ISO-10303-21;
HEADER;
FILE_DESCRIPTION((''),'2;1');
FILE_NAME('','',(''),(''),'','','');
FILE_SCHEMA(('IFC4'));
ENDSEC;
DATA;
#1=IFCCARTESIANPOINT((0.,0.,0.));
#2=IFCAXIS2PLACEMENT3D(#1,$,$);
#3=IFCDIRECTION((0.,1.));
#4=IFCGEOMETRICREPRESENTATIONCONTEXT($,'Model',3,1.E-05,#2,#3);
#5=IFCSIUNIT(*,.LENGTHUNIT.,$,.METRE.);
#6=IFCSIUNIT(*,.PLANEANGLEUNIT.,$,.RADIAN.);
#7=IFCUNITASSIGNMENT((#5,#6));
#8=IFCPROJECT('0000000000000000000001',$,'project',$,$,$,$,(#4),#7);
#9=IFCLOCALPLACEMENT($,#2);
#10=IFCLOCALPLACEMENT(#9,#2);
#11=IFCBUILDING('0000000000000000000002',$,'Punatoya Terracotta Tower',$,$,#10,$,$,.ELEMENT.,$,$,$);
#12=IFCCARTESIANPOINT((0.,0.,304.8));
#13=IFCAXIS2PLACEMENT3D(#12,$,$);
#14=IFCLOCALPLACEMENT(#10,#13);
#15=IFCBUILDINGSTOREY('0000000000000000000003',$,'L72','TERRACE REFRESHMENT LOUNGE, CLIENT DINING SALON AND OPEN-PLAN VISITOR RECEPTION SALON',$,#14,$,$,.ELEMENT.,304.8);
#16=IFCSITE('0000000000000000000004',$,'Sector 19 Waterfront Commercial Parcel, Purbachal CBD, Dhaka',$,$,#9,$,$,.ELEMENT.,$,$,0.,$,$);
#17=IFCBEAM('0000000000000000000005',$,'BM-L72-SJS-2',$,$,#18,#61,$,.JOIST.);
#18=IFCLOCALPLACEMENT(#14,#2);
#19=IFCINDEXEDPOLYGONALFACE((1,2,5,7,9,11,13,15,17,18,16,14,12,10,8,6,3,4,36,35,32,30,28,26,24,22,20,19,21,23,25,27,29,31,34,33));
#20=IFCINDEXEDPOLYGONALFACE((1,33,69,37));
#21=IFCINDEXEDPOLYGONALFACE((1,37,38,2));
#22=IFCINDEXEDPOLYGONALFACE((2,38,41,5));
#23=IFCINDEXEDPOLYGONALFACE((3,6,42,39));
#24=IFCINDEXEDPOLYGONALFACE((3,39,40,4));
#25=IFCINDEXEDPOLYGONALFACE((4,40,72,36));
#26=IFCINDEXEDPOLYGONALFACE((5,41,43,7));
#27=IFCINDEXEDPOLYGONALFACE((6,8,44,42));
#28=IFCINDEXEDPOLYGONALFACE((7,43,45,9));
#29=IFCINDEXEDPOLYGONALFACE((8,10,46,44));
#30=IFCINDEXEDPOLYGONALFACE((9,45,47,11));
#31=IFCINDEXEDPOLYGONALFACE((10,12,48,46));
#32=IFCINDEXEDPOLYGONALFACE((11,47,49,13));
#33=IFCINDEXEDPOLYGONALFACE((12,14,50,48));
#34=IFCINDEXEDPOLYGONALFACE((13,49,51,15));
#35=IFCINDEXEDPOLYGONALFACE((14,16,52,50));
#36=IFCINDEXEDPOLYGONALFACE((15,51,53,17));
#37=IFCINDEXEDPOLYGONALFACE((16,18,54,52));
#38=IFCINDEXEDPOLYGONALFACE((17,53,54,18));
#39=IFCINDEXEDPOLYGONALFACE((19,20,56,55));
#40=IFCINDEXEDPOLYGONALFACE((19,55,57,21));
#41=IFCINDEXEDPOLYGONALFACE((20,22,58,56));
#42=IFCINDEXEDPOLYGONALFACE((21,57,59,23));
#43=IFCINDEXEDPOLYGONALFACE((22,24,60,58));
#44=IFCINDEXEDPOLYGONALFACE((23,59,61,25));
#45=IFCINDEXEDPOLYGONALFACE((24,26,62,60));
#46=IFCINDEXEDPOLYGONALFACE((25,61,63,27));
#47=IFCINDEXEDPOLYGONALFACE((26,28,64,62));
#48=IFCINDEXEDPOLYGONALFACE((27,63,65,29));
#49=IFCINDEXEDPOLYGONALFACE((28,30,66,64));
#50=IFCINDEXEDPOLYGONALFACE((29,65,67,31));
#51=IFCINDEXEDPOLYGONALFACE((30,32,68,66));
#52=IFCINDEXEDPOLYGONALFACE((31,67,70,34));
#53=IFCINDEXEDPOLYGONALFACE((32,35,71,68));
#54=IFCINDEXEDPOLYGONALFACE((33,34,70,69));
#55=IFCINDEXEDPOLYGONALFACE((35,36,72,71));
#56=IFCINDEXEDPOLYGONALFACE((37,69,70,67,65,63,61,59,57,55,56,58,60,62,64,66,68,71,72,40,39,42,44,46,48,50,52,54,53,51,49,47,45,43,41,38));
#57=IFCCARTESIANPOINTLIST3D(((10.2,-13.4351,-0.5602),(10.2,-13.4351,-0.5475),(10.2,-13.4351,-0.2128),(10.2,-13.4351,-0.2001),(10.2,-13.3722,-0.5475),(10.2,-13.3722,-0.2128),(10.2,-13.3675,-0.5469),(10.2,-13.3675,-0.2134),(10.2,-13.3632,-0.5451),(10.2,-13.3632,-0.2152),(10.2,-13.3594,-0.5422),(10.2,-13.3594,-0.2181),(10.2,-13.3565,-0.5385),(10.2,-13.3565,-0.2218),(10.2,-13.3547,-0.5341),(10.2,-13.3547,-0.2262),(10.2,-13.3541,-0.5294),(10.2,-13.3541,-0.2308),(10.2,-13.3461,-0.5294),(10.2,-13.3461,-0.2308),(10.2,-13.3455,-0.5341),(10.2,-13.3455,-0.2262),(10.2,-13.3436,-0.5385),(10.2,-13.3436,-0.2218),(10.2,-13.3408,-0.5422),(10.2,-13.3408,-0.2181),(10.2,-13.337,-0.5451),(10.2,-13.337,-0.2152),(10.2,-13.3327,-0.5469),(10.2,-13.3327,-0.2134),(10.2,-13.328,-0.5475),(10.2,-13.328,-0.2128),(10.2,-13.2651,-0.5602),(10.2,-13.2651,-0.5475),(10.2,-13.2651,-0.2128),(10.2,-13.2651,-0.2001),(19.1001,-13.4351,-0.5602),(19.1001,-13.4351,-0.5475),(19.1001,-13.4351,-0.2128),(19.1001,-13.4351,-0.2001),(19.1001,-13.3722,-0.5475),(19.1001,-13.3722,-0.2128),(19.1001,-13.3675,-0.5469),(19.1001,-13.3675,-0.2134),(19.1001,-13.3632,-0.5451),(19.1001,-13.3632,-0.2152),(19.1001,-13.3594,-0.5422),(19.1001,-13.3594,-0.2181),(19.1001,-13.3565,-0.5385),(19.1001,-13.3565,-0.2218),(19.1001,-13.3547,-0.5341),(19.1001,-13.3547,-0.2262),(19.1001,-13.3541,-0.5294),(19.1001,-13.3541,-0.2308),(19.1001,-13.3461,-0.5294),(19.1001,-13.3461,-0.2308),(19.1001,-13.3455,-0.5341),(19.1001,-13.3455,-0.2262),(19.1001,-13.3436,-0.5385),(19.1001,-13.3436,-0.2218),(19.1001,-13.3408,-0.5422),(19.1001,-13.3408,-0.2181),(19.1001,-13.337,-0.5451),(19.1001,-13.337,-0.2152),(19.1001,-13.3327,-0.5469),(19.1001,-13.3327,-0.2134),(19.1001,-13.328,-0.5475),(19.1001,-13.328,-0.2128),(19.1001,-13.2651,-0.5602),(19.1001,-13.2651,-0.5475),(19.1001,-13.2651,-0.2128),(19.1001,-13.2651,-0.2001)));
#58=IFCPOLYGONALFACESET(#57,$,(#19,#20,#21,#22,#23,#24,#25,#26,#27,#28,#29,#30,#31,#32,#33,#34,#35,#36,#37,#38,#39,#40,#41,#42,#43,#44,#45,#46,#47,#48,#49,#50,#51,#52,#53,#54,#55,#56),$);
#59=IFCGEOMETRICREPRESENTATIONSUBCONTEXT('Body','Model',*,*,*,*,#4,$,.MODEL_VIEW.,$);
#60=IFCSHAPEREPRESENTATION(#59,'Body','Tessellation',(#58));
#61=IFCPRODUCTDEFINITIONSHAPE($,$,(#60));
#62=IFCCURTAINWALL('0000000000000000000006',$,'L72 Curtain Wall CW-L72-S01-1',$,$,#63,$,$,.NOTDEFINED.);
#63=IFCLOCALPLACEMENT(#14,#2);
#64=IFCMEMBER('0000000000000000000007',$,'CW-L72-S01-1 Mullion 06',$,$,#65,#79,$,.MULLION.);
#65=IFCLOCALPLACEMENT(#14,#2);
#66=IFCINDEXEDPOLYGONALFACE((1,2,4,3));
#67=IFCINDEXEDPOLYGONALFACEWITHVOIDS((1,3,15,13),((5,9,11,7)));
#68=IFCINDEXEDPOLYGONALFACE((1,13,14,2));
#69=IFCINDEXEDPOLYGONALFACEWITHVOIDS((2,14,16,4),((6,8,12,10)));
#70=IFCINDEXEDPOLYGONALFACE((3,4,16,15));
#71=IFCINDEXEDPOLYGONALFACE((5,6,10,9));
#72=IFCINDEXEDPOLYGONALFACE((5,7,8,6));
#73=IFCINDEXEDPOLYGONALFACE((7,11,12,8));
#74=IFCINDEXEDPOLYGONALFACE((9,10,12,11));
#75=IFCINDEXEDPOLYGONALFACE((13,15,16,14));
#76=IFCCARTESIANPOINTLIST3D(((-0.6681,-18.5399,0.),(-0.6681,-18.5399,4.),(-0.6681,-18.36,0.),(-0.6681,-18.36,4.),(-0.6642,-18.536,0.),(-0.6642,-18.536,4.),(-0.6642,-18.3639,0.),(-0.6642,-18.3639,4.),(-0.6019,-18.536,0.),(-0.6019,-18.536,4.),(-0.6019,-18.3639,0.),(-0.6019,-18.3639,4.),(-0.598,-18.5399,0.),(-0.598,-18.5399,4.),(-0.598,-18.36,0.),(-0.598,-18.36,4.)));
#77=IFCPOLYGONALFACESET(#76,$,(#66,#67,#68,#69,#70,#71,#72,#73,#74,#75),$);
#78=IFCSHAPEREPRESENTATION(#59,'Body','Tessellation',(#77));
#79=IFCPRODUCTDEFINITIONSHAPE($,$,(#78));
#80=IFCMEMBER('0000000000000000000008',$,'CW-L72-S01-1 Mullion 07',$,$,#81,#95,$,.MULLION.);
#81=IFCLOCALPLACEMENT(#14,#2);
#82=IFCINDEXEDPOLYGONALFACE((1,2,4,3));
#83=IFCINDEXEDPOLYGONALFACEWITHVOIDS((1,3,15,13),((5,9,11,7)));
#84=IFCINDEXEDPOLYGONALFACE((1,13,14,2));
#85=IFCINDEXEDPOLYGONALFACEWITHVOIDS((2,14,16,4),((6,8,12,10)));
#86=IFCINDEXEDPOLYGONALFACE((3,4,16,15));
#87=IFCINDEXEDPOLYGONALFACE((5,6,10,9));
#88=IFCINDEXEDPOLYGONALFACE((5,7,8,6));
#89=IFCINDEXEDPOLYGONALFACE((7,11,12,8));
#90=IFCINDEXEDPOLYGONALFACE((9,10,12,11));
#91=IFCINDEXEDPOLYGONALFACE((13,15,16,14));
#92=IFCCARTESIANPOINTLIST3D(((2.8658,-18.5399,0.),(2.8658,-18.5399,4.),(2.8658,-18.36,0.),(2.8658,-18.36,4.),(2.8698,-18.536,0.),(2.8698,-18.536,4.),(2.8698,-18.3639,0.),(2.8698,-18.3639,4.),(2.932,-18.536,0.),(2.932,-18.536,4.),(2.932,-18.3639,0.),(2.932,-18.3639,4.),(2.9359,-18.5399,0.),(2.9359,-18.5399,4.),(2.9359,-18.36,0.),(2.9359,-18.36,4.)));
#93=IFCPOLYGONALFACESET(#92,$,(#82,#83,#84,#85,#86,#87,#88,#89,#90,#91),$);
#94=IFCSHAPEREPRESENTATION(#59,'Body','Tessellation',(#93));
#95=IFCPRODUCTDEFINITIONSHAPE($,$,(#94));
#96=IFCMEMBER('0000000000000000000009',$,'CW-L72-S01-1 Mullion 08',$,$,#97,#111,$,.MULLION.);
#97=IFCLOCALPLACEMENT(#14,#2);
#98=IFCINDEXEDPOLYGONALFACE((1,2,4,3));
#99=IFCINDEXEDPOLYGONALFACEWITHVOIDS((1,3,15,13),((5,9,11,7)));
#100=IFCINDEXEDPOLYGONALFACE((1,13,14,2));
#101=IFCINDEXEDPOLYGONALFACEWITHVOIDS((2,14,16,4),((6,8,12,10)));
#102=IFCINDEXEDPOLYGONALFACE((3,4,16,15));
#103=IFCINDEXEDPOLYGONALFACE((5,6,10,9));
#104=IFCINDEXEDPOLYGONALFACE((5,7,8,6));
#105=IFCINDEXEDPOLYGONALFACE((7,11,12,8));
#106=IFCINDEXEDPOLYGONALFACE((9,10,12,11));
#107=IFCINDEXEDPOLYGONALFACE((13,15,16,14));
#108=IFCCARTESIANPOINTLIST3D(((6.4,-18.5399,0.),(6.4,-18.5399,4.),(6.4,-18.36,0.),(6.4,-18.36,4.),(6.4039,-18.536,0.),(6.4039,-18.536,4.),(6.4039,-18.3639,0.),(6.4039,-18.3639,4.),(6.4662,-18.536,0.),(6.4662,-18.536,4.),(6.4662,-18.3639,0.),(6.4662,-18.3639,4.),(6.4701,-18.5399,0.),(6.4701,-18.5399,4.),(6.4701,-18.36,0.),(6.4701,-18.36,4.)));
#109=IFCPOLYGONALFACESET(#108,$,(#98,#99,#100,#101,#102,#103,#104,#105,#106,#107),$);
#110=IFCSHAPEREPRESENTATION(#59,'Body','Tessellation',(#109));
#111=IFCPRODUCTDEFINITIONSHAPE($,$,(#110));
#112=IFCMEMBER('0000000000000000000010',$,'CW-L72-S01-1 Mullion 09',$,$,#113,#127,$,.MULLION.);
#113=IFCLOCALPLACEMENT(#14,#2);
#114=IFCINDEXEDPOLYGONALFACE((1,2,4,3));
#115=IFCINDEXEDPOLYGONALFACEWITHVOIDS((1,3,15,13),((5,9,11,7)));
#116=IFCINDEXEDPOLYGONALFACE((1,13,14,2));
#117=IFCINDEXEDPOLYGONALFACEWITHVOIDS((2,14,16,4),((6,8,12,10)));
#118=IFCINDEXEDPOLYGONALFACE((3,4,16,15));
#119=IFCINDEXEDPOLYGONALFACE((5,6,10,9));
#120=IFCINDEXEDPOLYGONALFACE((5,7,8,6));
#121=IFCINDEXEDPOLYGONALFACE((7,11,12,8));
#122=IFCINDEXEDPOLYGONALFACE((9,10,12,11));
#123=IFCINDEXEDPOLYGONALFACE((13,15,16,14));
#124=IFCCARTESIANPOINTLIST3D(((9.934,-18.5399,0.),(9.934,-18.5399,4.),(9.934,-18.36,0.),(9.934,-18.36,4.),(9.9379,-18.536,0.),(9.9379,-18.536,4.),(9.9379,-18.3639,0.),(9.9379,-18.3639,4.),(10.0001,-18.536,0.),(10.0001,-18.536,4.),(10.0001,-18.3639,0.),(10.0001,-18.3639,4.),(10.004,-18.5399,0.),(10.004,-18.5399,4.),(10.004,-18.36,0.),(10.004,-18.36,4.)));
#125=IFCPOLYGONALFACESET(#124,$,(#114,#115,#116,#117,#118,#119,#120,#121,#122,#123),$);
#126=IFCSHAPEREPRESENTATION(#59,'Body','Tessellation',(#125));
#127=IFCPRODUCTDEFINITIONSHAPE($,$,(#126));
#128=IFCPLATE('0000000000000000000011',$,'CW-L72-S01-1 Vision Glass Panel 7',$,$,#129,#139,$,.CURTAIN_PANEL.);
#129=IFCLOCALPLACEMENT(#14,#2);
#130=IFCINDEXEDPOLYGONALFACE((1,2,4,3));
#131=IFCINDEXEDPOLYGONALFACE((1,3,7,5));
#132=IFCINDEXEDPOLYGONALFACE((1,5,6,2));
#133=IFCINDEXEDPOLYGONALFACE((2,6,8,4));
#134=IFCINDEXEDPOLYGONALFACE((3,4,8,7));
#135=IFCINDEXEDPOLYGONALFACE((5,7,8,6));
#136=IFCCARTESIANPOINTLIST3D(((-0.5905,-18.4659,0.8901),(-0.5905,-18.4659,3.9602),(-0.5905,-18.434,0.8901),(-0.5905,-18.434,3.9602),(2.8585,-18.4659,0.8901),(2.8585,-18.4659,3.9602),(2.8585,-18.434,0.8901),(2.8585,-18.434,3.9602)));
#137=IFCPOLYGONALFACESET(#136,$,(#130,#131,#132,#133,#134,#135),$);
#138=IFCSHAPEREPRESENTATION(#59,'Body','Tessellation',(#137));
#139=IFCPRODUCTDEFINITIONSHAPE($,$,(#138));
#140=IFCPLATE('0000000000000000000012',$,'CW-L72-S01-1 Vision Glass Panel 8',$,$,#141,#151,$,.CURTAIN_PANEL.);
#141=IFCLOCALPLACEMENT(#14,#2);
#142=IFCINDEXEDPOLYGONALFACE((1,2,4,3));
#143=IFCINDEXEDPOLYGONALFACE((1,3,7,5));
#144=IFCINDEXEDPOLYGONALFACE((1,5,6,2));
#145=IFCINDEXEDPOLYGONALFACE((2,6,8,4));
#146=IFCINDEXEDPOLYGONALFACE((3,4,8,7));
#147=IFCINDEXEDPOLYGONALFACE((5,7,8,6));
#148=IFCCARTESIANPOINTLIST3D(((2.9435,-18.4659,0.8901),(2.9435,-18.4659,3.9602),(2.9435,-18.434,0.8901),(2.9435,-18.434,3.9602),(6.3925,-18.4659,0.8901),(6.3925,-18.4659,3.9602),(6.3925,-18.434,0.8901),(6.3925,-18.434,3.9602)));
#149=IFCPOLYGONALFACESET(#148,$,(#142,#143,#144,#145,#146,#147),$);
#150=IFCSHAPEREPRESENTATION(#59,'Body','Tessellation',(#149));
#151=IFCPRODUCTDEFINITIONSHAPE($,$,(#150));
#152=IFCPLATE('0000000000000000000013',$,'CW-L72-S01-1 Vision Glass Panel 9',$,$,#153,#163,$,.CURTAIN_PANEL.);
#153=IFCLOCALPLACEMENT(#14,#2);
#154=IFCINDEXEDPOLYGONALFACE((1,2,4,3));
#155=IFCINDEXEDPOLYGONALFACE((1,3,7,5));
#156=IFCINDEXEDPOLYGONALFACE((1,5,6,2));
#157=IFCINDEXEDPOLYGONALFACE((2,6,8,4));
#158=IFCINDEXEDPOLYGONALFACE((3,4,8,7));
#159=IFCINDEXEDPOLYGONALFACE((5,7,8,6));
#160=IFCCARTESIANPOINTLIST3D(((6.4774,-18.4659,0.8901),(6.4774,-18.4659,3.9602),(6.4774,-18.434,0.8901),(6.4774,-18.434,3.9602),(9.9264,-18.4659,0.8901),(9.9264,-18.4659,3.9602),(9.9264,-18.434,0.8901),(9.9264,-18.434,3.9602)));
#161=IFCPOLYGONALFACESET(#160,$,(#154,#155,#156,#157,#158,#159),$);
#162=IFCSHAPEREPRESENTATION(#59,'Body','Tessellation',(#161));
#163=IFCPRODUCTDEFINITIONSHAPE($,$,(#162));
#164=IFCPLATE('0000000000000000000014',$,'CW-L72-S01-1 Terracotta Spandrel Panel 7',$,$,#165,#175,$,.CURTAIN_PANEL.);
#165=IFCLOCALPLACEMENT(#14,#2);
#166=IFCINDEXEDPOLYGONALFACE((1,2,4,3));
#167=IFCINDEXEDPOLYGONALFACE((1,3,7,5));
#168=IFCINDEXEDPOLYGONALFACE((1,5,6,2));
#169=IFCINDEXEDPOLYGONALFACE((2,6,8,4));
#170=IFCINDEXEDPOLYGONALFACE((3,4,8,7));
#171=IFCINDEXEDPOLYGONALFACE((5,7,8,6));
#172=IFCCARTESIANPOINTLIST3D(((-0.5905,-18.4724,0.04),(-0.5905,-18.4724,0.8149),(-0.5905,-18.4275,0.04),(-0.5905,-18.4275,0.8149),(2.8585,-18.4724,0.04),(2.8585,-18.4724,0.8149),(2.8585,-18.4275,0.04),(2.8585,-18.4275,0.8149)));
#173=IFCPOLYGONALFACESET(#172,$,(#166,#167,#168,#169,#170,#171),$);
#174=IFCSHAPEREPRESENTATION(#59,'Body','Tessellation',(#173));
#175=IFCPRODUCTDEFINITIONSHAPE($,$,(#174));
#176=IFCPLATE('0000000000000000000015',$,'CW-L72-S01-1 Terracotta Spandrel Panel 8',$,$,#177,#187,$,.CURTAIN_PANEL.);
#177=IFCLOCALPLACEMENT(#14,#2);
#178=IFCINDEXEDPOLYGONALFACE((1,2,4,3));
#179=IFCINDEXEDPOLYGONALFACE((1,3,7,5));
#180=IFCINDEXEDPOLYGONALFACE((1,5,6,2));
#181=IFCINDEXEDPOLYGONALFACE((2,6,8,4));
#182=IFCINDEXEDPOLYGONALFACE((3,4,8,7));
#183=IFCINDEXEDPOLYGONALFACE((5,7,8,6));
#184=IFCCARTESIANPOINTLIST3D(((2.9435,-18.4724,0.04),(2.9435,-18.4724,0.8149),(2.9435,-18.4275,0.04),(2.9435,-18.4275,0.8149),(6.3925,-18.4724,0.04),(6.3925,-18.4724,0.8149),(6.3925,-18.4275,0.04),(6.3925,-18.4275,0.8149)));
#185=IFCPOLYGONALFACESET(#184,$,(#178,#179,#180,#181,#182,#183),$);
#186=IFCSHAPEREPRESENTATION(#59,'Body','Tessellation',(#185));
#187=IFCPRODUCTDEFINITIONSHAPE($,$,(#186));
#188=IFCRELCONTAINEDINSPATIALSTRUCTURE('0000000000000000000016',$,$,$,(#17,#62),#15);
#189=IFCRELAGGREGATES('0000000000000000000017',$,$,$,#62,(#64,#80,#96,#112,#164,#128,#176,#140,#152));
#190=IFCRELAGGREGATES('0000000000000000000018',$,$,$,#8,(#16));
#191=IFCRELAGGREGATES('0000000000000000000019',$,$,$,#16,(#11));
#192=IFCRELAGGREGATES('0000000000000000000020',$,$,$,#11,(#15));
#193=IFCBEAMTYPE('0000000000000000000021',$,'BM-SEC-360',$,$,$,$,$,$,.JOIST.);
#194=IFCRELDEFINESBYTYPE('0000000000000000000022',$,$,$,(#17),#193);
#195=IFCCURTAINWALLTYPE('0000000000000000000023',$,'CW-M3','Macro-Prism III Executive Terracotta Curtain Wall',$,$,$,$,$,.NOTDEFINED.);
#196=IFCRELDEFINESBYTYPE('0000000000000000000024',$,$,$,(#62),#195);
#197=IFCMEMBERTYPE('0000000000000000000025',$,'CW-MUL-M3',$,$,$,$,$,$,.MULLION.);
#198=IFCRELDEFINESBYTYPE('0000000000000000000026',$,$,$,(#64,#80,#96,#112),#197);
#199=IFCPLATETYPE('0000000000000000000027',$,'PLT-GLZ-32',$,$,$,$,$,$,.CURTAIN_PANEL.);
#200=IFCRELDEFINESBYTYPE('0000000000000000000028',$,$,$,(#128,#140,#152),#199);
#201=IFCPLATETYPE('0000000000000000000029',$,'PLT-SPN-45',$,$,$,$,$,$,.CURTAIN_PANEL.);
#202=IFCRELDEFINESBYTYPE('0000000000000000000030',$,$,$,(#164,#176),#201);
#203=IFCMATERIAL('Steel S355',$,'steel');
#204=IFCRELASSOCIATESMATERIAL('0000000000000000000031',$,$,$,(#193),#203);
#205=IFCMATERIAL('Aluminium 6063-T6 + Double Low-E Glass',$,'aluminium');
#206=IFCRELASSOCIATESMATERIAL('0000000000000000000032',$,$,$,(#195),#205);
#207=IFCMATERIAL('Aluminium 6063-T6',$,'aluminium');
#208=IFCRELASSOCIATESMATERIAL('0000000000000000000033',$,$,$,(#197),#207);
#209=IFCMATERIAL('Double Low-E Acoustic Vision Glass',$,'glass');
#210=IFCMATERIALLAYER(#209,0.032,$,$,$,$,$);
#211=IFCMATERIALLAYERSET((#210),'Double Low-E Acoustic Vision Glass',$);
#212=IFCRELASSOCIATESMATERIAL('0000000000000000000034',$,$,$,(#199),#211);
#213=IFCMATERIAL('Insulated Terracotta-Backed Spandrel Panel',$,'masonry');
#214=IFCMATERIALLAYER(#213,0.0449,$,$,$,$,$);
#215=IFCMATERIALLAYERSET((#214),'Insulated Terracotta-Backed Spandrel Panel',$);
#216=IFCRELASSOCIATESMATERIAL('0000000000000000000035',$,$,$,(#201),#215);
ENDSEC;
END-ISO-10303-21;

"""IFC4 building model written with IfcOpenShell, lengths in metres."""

from ifc_helpers import new_model, si_unit, direction, frame, origin, origin_2d, place, context, subcontext, project, spatial, rectangle, hollow_rectangle, i_section, extrude, material, layer, layer_set, material_profile, profile_set, type_object, element, aggregate, save


model = new_model("IFC4")

# Units and contexts
model_context = context("Model", 3, precision=1e-05, world=origin(), true_north=direction((0.0, 1.0)))
body_context = subcontext(model_context, "Body", "Model", "MODEL_VIEW")
ifc_project = project(units=[si_unit("LENGTHUNIT", "METRE"), si_unit("PLANEANGLEUNIT", "RADIAN")], contexts=[model_context])

# Site, building, storey
site_placement = place(None, origin())
site = spatial("IfcSite", under=ifc_project, at=site_placement, Name="Sector 19 Waterfront Commercial Parcel, Purbachal CBD, Dhaka", CompositionType="ELEMENT", RefElevation=0.0)
building_placement = place(site_placement, origin())
building = spatial("IfcBuilding", under=site, at=building_placement, Name="Punatoya Terracotta Tower", CompositionType="ELEMENT")
storey_placement = place(building_placement, frame((0.0, 0.0, 304.8)))
storey = spatial("IfcBuildingStorey", under=building, at=storey_placement, Name="L72", Description="TERRACE REFRESHMENT LOUNGE, CLIENT DINING SALON AND OPEN-PLAN VISITOR RECEPTION SALON", CompositionType="ELEMENT", Elevation=304.8)

# Beam
ifc_material_1 = material(Name="Steel S355", Category="steel")
ifc_material_profile_1 = material_profile(ifc_material_1, i_section(OverallWidth=0.1699, OverallDepth=0.3601, WebThickness=0.0081, FlangeThickness=0.0127, FilletRadius=0.0181, at=origin_2d()))
ifc_profile_set_1 = profile_set([ifc_material_profile_1], Name="Steel S355")
beam_type_1 = type_object("IfcBeamType", Name="BM-SEC-360", PredefinedType="JOIST", material=ifc_profile_set_1)
beam_1_placement = place(storey_placement, frame((10.2, -13.3501, -0.3801), z_axis=(1.0, 0.0, 0.0), x_axis=(0.0, 1.0, 0.0)))
element("IfcBeam", 1, at=beam_1_placement, inside=storey, type_object=beam_type_1, Name="BM-L72-SJS-2", PredefinedType="JOIST", context=body_context, shape_type="SweptSolid", body=[
    extrude(i_section(OverallWidth=0.1699, OverallDepth=0.3601, WebThickness=0.0081, FlangeThickness=0.0127, FilletRadius=0.0181, at=origin_2d()), origin(), (0.0, 0.0, 1.0), 8.9001),
])

# Curtain wall, members, plates
ifc_material_2 = material(Name="Aluminium 6063-T6 + Double Low-E Glass", Category="aluminium")
curtain_wall_type = type_object("IfcCurtainWallType", Name="CW-M3", Description="Macro-Prism III Executive Terracotta Curtain Wall", PredefinedType="NOTDEFINED", material=ifc_material_2)
curtain_wall_placement = place(storey_placement, origin())
curtain_wall = element("IfcCurtainWall", 2, at=curtain_wall_placement, inside=storey, type_object=curtain_wall_type, Name="L72 Curtain Wall CW-L72-S01-1", PredefinedType="NOTDEFINED")
ifc_material_3 = material(Name="Aluminium 6063-T6", Category="aluminium")
ifc_material_profile_2 = material_profile(ifc_material_3, hollow_rectangle(XDim=0.0701, YDim=0.1799, WallThickness=0.0039, at=origin_2d()))
ifc_profile_set_2 = profile_set([ifc_material_profile_2], Name="Aluminium 6063-T6")
member_type = type_object("IfcMemberType", Name="CW-MUL-M3", PredefinedType="MULLION", material=ifc_profile_set_2)
member_1_placement = place(storey_placement, frame((-0.6331, -18.45, 0.0), z_axis=(0.0, 0.0, 1.0), x_axis=(1.0, 0.0, 0.0)))
member_1 = element("IfcMember", 3, at=member_1_placement, type_object=member_type, Name="CW-L72-S01-1 Mullion 06", PredefinedType="MULLION", context=body_context, shape_type="SweptSolid", body=[
    extrude(hollow_rectangle(XDim=0.0701, YDim=0.1799, WallThickness=0.0039, at=origin_2d()), origin(), (0.0, 0.0, 1.0), 4.0),
])
member_2_placement = place(storey_placement, frame((2.9009, -18.45, 0.0), z_axis=(0.0, 0.0, 1.0), x_axis=(1.0, 0.0, 0.0)))
member_2 = element("IfcMember", 4, at=member_2_placement, type_object=member_type, Name="CW-L72-S01-1 Mullion 07", PredefinedType="MULLION", context=body_context, shape_type="SweptSolid", body=[
    extrude(hollow_rectangle(XDim=0.0701, YDim=0.1799, WallThickness=0.0039, at=origin_2d()), origin(), (0.0, 0.0, 1.0), 4.0),
])
member_3_placement = place(storey_placement, frame((6.4351, -18.45, 0.0), z_axis=(0.0, 0.0, 1.0), x_axis=(1.0, 0.0, 0.0)))
member_3 = element("IfcMember", 5, at=member_3_placement, type_object=member_type, Name="CW-L72-S01-1 Mullion 08", PredefinedType="MULLION", context=body_context, shape_type="SweptSolid", body=[
    extrude(hollow_rectangle(XDim=0.0701, YDim=0.1799, WallThickness=0.0039, at=origin_2d()), origin(), (0.0, 0.0, 1.0), 4.0),
])
member_4_placement = place(storey_placement, frame((9.969, -18.45, 0.0), z_axis=(0.0, 0.0, 1.0), x_axis=(1.0, 0.0, 0.0)))
member_4 = element("IfcMember", 6, at=member_4_placement, type_object=member_type, Name="CW-L72-S01-1 Mullion 09", PredefinedType="MULLION", context=body_context, shape_type="SweptSolid", body=[
    extrude(hollow_rectangle(XDim=0.0701, YDim=0.1799, WallThickness=0.0039, at=origin_2d()), origin(), (0.0, 0.0, 1.0), 4.0),
])
ifc_material_4 = material(Name="Double Low-E Acoustic Vision Glass", Category="glass")
ifc_layer_1 = layer(ifc_material_4, 0.032)
ifc_layer_set_1 = layer_set([ifc_layer_1], Name="Double Low-E Acoustic Vision Glass")
plate_type_1 = type_object("IfcPlateType", Name="PLT-GLZ-32", PredefinedType="CURTAIN_PANEL", material=ifc_layer_set_1)
plate_1_placement = place(storey_placement, frame((1.134, -18.45, 0.8901), z_axis=(0.0, 0.0, 1.0), x_axis=(1.0, 0.0, 0.0)))
plate_1 = element("IfcPlate", 7, at=plate_1_placement, type_object=plate_type_1, Name="CW-L72-S01-1 Vision Glass Panel 7", PredefinedType="CURTAIN_PANEL", context=body_context, shape_type="SweptSolid", body=[
    extrude(rectangle(XDim=3.449, YDim=0.032, at=origin_2d()), origin(), (0.0, 0.0, 1.0), 3.0701),
])
plate_2_placement = place(storey_placement, frame((4.668, -18.45, 0.8901), z_axis=(0.0, 0.0, 1.0), x_axis=(1.0, 0.0, 0.0)))
plate_2 = element("IfcPlate", 8, at=plate_2_placement, type_object=plate_type_1, Name="CW-L72-S01-1 Vision Glass Panel 8", PredefinedType="CURTAIN_PANEL", context=body_context, shape_type="SweptSolid", body=[
    extrude(rectangle(XDim=3.449, YDim=0.032, at=origin_2d()), origin(), (0.0, 0.0, 1.0), 3.0701),
])
plate_3_placement = place(storey_placement, frame((8.2019, -18.45, 0.8901), z_axis=(0.0, 0.0, 1.0), x_axis=(1.0, 0.0, 0.0)))
plate_3 = element("IfcPlate", 9, at=plate_3_placement, type_object=plate_type_1, Name="CW-L72-S01-1 Vision Glass Panel 9", PredefinedType="CURTAIN_PANEL", context=body_context, shape_type="SweptSolid", body=[
    extrude(rectangle(XDim=3.449, YDim=0.032, at=origin_2d()), origin(), (0.0, 0.0, 1.0), 3.0701),
])
ifc_material_5 = material(Name="Insulated Terracotta-Backed Spandrel Panel", Category="masonry")
ifc_layer_2 = layer(ifc_material_5, 0.0449)
ifc_layer_set_2 = layer_set([ifc_layer_2], Name="Insulated Terracotta-Backed Spandrel Panel")
plate_type_2 = type_object("IfcPlateType", Name="PLT-SPN-45", PredefinedType="CURTAIN_PANEL", material=ifc_layer_set_2)
plate_4_placement = place(storey_placement, frame((1.134, -18.45, 0.04), z_axis=(0.0, 0.0, 1.0), x_axis=(1.0, 0.0, 0.0)))
plate_4 = element("IfcPlate", 10, at=plate_4_placement, type_object=plate_type_2, Name="CW-L72-S01-1 Terracotta Spandrel Panel 7", PredefinedType="CURTAIN_PANEL", context=body_context, shape_type="SweptSolid", body=[
    extrude(rectangle(XDim=3.449, YDim=0.0449, at=origin_2d()), origin(), (0.0, 0.0, 1.0), 0.7749),
])
plate_5_placement = place(storey_placement, frame((4.668, -18.45, 0.04), z_axis=(0.0, 0.0, 1.0), x_axis=(1.0, 0.0, 0.0)))
plate_5 = element("IfcPlate", 11, at=plate_5_placement, type_object=plate_type_2, Name="CW-L72-S01-1 Terracotta Spandrel Panel 8", PredefinedType="CURTAIN_PANEL", context=body_context, shape_type="SweptSolid", body=[
    extrude(rectangle(XDim=3.449, YDim=0.0449, at=origin_2d()), origin(), (0.0, 0.0, 1.0), 0.7749),
])
aggregate(curtain_wall, [member_1, member_2, member_3, member_4, plate_4, plate_1, plate_5, plate_2, plate_3])

save(model, "model.ifc")
